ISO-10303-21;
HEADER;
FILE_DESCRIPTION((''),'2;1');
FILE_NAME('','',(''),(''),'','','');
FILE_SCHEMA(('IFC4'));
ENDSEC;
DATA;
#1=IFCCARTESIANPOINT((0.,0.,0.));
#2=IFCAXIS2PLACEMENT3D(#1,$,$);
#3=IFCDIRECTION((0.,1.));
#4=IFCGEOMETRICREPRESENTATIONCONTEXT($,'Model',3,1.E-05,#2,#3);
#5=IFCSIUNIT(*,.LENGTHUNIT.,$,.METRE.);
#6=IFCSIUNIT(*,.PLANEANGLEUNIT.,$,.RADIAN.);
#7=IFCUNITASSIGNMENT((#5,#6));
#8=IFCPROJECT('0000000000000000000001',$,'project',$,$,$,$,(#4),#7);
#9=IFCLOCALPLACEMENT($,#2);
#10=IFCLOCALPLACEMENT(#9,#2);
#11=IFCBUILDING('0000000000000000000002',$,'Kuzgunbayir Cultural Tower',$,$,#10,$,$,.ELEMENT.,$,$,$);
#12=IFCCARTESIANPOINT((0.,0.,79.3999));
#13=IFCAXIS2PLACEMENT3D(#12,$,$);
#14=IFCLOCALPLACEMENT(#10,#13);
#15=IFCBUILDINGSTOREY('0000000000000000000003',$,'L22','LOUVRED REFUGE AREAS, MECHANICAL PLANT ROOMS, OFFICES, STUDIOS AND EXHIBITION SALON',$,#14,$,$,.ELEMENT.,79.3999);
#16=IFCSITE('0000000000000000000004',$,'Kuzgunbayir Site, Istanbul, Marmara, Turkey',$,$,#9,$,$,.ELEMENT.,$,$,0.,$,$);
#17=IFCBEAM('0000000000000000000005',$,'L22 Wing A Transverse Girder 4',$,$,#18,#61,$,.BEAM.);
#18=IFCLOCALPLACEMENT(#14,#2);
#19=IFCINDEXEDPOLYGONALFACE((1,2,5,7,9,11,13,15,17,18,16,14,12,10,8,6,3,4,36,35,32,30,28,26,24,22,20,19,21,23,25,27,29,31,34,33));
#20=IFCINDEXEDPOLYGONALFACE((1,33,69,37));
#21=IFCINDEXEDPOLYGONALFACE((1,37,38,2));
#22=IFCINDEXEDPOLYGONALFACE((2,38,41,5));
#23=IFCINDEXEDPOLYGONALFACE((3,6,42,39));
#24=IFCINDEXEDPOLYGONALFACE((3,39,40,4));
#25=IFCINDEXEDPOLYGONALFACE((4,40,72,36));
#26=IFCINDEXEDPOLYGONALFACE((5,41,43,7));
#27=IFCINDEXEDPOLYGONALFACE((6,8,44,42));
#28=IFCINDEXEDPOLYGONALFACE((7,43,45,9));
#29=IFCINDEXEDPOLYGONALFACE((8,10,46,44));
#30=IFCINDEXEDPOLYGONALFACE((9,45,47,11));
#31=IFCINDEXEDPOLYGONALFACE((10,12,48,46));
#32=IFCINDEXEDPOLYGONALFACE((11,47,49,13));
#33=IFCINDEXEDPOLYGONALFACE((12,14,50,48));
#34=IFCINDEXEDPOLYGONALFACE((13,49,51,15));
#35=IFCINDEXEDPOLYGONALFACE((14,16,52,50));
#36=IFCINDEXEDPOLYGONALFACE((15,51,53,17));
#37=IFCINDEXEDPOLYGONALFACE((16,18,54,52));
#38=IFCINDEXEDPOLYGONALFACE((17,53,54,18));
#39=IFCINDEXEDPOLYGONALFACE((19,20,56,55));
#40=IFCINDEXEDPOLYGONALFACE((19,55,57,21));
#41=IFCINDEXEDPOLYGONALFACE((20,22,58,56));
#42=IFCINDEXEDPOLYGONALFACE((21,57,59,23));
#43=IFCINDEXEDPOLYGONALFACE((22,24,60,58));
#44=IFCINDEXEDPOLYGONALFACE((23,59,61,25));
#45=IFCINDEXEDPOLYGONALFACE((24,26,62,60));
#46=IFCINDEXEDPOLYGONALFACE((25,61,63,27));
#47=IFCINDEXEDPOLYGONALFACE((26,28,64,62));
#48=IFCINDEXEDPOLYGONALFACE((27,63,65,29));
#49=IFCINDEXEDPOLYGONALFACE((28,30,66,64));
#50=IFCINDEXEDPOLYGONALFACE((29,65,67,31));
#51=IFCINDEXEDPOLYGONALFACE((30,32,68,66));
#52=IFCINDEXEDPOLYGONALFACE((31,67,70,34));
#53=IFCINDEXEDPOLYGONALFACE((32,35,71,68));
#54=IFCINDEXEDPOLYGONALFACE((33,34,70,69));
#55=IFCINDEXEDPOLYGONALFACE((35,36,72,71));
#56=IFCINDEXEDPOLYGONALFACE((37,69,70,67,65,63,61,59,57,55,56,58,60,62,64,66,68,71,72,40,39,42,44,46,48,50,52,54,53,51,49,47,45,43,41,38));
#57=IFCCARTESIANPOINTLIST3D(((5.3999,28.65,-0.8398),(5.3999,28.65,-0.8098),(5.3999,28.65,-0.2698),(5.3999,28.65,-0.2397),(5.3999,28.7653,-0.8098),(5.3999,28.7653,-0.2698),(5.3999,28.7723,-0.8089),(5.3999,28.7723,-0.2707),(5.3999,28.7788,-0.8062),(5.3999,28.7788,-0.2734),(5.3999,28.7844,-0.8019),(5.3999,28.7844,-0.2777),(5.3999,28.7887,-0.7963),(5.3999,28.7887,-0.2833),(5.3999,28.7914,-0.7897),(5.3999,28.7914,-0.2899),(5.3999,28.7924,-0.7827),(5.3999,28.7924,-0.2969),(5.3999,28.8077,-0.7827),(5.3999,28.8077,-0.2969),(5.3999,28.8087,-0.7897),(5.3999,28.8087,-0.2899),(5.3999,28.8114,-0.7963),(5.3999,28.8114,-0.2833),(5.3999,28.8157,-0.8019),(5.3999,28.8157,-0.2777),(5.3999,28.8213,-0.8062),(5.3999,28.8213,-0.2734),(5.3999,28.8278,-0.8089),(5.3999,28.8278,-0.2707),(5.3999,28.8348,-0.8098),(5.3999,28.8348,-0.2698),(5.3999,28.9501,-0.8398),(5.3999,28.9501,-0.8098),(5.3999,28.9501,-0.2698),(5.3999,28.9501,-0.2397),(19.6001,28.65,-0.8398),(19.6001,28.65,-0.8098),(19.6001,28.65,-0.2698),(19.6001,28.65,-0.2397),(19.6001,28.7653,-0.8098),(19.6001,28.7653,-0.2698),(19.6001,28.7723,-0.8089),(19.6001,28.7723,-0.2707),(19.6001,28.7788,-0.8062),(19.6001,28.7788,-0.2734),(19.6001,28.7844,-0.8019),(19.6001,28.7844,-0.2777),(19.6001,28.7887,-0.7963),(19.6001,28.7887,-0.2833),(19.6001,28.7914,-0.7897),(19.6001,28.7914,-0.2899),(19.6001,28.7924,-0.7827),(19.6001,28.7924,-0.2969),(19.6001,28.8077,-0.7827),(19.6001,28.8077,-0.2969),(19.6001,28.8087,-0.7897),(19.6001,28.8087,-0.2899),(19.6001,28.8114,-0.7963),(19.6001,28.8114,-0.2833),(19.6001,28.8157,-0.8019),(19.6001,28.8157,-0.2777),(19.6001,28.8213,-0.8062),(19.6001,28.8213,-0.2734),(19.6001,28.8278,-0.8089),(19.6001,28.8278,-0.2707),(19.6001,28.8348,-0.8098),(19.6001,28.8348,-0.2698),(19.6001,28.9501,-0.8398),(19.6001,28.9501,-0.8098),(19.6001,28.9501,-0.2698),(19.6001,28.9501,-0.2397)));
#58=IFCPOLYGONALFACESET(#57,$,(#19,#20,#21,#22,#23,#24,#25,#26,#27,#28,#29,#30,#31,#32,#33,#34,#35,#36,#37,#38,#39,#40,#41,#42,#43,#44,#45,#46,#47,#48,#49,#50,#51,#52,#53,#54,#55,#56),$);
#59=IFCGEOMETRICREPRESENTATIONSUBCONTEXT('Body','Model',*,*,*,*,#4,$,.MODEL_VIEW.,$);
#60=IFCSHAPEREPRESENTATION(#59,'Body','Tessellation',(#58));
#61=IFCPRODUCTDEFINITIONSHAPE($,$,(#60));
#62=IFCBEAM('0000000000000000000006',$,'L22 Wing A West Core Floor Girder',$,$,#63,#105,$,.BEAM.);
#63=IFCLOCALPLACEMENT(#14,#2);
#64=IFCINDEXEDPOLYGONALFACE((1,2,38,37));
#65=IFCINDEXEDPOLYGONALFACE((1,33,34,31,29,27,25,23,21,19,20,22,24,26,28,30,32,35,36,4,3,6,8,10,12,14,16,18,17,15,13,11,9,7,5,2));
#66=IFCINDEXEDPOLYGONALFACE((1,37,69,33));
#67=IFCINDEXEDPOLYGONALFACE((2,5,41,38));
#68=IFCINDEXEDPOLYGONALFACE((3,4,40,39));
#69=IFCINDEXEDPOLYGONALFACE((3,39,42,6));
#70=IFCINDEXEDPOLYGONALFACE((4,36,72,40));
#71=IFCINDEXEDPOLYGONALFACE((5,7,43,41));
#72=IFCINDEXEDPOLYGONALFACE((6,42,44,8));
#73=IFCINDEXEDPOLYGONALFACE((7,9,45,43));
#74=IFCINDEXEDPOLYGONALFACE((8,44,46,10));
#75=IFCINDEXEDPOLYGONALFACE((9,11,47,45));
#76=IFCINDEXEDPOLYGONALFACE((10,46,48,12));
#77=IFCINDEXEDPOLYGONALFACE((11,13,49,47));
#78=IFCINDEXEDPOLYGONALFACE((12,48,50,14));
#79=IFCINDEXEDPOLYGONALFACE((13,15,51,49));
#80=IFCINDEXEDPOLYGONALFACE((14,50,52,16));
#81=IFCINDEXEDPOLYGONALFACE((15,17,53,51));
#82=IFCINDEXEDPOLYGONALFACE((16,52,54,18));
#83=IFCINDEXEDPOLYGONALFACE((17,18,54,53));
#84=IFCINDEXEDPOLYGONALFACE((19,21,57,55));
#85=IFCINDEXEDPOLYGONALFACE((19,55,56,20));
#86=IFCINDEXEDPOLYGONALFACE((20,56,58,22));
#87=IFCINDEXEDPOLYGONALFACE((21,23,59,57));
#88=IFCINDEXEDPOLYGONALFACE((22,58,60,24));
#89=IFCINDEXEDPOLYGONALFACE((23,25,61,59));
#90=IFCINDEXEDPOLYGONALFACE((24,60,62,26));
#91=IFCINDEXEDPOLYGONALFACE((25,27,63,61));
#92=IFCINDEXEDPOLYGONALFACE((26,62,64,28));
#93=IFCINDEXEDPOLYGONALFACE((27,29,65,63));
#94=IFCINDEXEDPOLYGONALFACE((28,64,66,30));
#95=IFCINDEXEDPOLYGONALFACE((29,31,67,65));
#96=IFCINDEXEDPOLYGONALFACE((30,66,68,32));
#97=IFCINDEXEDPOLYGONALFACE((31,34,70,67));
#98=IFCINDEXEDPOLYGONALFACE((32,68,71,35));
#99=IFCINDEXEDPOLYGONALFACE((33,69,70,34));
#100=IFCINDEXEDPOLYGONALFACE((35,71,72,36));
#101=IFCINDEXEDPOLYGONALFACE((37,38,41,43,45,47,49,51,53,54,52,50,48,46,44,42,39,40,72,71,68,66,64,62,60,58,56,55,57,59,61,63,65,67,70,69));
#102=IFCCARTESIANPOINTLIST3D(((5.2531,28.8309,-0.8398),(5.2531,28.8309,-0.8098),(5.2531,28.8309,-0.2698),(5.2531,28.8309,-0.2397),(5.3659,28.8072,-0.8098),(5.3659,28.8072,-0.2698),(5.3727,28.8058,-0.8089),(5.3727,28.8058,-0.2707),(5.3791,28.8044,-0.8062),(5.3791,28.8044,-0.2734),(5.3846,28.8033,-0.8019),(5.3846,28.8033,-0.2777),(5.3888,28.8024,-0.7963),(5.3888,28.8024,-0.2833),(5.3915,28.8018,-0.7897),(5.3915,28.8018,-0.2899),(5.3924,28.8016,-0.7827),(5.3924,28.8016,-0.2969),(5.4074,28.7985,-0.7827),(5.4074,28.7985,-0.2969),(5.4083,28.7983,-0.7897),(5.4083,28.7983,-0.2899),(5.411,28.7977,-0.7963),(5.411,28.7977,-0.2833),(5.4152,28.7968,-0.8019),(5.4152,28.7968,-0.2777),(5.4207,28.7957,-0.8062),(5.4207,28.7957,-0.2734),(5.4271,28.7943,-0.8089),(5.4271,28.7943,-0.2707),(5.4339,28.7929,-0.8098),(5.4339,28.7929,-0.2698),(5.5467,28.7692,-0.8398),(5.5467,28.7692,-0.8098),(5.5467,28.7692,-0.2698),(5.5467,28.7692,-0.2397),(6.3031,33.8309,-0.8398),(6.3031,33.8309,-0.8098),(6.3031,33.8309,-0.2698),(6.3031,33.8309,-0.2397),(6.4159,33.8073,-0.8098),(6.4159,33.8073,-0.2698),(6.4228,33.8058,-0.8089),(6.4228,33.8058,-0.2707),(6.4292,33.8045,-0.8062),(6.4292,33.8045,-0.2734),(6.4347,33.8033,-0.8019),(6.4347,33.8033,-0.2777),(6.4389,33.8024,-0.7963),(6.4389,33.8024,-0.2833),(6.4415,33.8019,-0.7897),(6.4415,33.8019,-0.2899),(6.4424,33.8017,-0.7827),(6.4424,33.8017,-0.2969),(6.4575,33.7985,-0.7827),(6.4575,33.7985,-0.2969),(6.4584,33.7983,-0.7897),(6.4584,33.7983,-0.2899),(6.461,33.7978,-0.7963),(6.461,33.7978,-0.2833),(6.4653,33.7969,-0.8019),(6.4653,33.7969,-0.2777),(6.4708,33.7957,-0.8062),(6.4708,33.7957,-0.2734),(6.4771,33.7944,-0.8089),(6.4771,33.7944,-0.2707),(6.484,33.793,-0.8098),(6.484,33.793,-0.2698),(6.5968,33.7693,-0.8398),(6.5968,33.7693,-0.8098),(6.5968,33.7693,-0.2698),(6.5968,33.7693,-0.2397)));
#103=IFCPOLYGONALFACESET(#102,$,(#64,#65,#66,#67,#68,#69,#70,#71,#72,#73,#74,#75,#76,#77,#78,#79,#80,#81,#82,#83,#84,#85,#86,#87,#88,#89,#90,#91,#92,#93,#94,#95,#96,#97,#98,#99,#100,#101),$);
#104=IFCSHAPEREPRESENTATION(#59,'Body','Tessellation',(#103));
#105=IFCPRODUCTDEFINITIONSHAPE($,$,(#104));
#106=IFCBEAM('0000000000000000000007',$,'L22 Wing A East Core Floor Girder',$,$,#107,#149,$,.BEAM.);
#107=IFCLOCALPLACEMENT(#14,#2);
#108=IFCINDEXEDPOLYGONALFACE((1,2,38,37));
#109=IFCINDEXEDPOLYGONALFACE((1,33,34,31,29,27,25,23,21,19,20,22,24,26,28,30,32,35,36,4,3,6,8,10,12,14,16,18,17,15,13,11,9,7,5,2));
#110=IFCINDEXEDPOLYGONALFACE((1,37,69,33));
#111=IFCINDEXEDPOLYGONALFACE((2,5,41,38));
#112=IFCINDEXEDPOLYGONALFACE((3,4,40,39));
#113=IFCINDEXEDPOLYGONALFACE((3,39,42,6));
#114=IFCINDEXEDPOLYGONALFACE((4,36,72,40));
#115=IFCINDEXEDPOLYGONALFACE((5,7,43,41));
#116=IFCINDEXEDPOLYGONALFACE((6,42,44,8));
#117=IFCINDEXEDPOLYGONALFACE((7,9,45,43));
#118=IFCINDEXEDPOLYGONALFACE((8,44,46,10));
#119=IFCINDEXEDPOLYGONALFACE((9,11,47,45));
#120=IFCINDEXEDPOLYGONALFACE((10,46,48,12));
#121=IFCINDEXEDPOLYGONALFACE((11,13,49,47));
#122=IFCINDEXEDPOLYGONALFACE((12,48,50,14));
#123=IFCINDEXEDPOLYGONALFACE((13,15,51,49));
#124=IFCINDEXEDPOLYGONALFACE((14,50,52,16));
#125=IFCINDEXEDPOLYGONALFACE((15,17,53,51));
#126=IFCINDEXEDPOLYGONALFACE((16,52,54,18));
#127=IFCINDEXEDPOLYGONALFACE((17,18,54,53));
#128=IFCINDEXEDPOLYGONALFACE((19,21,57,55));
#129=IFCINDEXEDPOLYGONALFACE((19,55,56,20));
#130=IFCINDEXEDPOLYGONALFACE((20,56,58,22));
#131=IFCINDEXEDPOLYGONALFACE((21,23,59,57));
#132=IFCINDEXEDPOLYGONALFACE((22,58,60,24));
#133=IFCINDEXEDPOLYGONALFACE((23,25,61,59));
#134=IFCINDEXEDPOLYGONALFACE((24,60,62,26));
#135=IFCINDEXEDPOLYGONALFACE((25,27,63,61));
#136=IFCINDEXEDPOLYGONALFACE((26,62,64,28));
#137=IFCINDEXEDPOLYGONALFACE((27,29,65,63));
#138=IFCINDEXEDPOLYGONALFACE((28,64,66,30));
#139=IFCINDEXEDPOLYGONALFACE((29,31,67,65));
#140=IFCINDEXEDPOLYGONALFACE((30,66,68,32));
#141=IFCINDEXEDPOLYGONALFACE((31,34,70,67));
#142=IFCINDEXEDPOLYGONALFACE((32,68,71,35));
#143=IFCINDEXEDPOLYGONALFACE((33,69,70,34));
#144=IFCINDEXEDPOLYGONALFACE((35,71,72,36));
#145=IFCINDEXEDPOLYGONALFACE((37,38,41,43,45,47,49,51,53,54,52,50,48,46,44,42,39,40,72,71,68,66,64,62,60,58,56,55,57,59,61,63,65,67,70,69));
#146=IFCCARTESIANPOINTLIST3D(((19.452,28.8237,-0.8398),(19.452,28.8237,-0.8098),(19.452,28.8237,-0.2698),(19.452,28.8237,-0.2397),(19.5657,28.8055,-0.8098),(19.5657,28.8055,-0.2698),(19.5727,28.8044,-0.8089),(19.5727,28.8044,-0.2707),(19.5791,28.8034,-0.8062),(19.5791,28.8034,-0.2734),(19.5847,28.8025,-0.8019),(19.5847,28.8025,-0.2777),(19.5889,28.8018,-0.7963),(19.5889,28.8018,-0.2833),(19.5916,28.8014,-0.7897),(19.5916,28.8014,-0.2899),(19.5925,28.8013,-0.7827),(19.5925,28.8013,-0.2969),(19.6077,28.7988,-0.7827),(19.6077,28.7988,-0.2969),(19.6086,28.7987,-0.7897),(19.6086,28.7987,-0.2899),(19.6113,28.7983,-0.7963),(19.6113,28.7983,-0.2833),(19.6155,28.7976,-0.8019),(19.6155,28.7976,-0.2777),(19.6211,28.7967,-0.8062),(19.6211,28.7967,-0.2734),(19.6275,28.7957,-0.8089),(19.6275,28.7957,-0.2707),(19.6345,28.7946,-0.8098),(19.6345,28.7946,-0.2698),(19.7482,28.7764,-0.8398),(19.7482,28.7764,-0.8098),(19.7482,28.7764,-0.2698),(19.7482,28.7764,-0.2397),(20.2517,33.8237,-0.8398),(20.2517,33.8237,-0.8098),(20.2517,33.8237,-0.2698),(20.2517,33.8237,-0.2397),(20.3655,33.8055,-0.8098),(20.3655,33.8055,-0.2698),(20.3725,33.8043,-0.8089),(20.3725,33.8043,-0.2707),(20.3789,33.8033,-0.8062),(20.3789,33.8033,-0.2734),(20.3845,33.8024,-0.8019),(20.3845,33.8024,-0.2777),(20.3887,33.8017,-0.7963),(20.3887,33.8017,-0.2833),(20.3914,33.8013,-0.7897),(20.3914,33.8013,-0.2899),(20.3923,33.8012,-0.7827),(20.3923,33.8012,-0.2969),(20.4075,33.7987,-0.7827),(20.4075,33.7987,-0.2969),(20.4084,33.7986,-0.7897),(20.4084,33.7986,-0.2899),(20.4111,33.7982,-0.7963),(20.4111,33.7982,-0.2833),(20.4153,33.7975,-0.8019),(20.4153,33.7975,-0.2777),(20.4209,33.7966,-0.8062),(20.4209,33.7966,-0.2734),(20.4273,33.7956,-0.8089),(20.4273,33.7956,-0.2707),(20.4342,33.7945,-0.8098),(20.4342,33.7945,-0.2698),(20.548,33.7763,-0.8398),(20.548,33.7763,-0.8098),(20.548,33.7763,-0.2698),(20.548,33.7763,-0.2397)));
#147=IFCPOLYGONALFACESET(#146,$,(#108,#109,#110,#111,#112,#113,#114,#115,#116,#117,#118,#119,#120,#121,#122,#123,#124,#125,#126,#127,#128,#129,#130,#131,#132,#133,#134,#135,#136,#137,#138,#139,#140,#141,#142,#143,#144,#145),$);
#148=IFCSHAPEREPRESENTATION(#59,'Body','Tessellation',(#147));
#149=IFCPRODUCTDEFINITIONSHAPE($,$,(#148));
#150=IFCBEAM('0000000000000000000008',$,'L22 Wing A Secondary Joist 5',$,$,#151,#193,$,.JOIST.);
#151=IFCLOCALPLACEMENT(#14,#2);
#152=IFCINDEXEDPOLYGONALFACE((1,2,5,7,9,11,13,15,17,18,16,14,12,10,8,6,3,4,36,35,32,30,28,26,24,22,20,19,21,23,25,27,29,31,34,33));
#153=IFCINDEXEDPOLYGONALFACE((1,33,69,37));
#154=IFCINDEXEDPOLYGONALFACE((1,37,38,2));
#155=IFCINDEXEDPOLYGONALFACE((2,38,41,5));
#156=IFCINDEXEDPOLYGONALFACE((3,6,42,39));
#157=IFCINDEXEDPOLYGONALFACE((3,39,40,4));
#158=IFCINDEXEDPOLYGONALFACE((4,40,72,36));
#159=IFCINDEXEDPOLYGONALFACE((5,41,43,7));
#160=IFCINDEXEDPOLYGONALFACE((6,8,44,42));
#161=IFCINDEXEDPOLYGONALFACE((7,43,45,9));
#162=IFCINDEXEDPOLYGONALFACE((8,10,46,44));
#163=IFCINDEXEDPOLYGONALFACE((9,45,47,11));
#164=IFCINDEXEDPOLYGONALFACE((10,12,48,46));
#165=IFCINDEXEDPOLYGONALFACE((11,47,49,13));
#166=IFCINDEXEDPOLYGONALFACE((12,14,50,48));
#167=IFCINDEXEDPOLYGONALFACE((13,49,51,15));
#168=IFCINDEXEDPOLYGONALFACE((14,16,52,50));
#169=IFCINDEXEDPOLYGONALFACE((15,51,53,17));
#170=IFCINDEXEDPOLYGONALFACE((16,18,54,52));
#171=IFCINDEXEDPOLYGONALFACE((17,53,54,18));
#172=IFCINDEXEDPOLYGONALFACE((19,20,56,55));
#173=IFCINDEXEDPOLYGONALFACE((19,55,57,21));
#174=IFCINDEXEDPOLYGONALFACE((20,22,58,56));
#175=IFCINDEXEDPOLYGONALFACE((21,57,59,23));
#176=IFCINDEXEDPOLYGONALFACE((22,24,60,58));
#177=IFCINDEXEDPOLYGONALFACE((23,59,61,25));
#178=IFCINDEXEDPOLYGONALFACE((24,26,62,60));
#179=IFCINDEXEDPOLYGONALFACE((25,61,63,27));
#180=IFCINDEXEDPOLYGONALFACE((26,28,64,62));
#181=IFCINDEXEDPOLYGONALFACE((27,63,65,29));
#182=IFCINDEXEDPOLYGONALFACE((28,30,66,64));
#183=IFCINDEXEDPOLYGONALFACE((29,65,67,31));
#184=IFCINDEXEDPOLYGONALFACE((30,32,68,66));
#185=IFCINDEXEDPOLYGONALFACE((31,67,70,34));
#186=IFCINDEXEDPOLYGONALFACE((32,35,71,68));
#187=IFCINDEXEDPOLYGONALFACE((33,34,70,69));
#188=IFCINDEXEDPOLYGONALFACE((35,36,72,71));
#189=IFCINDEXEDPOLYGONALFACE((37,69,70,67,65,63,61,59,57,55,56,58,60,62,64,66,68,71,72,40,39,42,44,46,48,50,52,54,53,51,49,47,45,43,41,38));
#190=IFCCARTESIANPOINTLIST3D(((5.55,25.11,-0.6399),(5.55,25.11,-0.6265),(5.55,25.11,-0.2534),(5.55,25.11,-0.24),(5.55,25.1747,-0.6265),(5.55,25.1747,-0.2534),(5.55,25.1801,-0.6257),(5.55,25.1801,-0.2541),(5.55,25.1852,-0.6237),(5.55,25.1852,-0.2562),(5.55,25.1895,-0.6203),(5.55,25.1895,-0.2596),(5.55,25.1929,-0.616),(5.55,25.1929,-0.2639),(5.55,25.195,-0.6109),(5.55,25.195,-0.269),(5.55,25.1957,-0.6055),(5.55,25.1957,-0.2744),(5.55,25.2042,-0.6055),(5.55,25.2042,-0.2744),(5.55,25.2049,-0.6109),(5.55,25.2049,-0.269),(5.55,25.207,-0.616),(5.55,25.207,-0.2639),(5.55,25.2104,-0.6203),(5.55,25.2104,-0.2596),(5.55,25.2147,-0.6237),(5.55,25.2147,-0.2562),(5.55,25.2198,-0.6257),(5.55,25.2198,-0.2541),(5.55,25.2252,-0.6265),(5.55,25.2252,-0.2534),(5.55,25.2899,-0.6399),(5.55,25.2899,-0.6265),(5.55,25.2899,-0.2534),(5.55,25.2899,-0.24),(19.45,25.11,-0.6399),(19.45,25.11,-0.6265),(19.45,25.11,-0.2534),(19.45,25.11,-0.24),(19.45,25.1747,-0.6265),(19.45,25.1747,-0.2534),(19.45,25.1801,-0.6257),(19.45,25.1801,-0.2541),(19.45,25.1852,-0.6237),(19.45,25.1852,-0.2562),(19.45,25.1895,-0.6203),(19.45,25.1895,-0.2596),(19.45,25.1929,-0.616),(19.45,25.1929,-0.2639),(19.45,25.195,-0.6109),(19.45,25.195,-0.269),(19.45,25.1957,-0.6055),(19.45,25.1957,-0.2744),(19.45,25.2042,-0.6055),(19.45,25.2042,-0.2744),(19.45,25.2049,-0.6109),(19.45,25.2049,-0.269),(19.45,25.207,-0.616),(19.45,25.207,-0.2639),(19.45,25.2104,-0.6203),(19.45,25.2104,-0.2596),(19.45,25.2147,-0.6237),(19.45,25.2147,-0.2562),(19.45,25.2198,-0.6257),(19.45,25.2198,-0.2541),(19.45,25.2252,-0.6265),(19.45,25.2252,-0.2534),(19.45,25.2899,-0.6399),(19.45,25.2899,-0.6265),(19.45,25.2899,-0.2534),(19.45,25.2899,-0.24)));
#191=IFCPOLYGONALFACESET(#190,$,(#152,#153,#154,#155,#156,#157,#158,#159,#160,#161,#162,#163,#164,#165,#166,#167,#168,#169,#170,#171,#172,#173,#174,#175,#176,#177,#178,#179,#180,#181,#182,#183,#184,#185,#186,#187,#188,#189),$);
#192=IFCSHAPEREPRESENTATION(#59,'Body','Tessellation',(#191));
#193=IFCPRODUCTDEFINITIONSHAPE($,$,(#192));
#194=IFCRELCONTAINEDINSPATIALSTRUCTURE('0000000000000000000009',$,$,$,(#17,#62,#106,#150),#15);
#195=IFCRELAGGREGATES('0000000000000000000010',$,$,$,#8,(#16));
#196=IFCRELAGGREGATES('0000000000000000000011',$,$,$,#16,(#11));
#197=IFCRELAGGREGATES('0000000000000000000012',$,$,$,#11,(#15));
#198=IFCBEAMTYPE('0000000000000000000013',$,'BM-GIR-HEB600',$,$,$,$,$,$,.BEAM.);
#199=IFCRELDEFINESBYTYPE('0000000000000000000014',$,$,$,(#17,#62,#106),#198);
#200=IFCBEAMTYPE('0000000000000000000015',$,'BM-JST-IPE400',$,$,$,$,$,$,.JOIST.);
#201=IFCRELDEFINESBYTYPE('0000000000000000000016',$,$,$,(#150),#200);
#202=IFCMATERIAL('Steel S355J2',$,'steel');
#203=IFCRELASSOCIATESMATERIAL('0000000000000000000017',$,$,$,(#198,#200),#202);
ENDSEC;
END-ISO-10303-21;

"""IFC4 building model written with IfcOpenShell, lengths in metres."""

from ifc_helpers import new_model, si_unit, direction, frame, origin, origin_2d, place, context, subcontext, project, spatial, i_section, extrude, material, material_profile, profile_set, type_object, element, save


model = new_model("IFC4")

# Units and contexts
model_context = context("Model", 3, precision=1e-05, world=origin(), true_north=direction((0.0, 1.0)))
body_context = subcontext(model_context, "Body", "Model", "MODEL_VIEW")
ifc_project = project(units=[si_unit("LENGTHUNIT", "METRE"), si_unit("PLANEANGLEUNIT", "RADIAN")], contexts=[model_context])

# Site, building, storey
site_placement = place(None, origin())
site = spatial("IfcSite", under=ifc_project, at=site_placement, Name="Kuzgunbayir Site, Istanbul, Marmara, Turkey", CompositionType="ELEMENT", RefElevation=0.0)
building_placement = place(site_placement, origin())
building = spatial("IfcBuilding", under=site, at=building_placement, Name="Kuzgunbayir Cultural Tower", CompositionType="ELEMENT")
storey_placement = place(building_placement, frame((0.0, 0.0, 79.3999)))
storey = spatial("IfcBuildingStorey", under=building, at=storey_placement, Name="L22", Description="LOUVRED REFUGE AREAS, MECHANICAL PLANT ROOMS, OFFICES, STUDIOS AND EXHIBITION SALON", CompositionType="ELEMENT", Elevation=79.3999)

# Beams
ifc_material_1 = material(Name="Steel S355J2", Category="steel")
ifc_material_profile_1 = material_profile(ifc_material_1, i_section(OverallWidth=0.3, OverallDepth=0.6001, WebThickness=0.0154, FlangeThickness=0.03, FilletRadius=0.0271, at=origin_2d()), Name="HEB 600")
ifc_profile_set_1 = profile_set([ifc_material_profile_1], Name="Steel S355J2")
beam_type_1 = type_object("IfcBeamType", Name="BM-GIR-HEB600", PredefinedType="BEAM", material=ifc_profile_set_1)
for number, where, z_axis, x_axis, name in (
    (1, (5.3999, 28.8, -0.5398), (1.0, 0.0, 0.0), (0.0, 1.0, 0.0), "L22 Wing A Transverse Girder 4"),
):
    element("IfcBeam", number, at=place(storey_placement, frame(where, z_axis=z_axis, x_axis=x_axis)), inside=storey, type_object=beam_type_1, Name=name, PredefinedType="BEAM", context=body_context, shape_type="SweptSolid", body=[
        extrude(i_section(OverallWidth=0.3, OverallDepth=0.6001, WebThickness=0.0154, FlangeThickness=0.03, FilletRadius=0.0271, at=origin_2d()), origin(), (0.0, 0.0, 1.0), 14.2002),
    ])
beam_1_placement = place(storey_placement, frame((5.3999, 28.8, -0.5398), z_axis=(0.205526, 0.978652, 0.0), x_axis=(-0.978652, 0.205526, 0.0)))
element("IfcBeam", 2, at=beam_1_placement, inside=storey, type_object=beam_type_1, Name="L22 Wing A West Core Floor Girder", PredefinedType="BEAM", context=body_context, shape_type="SweptSolid", body=[
    extrude(i_section(OverallWidth=0.3, OverallDepth=0.6001, WebThickness=0.0154, FlangeThickness=0.03, FilletRadius=0.0271, at=origin_2d()), origin(), (0.0, 0.0, 1.0), 5.1091),
])
beam_2_placement = place(storey_placement, frame((19.6001, 28.8, -0.5398), z_axis=(0.157953, 0.987447, 0.0), x_axis=(-0.987447, 0.157953, 0.0)))
element("IfcBeam", 3, at=beam_2_placement, inside=storey, type_object=beam_type_1, Name="L22 Wing A East Core Floor Girder", PredefinedType="BEAM", context=body_context, shape_type="SweptSolid", body=[
    extrude(i_section(OverallWidth=0.3, OverallDepth=0.6001, WebThickness=0.0154, FlangeThickness=0.03, FilletRadius=0.0271, at=origin_2d()), origin(), (0.0, 0.0, 1.0), 5.0635),
])
ifc_material_profile_2 = material_profile(ifc_material_1, i_section(OverallWidth=0.1799, OverallDepth=0.3999, WebThickness=0.0085, FlangeThickness=0.0134, FilletRadius=0.021, at=origin_2d()), Name="IPE 400")
ifc_profile_set_2 = profile_set([ifc_material_profile_2], Name="Steel S355J2")
beam_type_2 = type_object("IfcBeamType", Name="BM-JST-IPE400", PredefinedType="JOIST", material=ifc_profile_set_2)
for number, where, z_axis, x_axis, name in (
    (4, (5.55, 25.2, -0.4399), (1.0, 0.0, 0.0), (0.0, 1.0, 0.0), "L22 Wing A Secondary Joist 5"),
):
    element("IfcBeam", number, at=place(storey_placement, frame(where, z_axis=z_axis, x_axis=x_axis)), inside=storey, type_object=beam_type_2, Name=name, PredefinedType="JOIST", context=body_context, shape_type="SweptSolid", body=[
        extrude(i_section(OverallWidth=0.1799, OverallDepth=0.3999, WebThickness=0.0085, FlangeThickness=0.0134, FilletRadius=0.021, at=origin_2d()), origin(), (0.0, 0.0, 1.0), 13.8999),
    ])

save(model, "model.ifc")
